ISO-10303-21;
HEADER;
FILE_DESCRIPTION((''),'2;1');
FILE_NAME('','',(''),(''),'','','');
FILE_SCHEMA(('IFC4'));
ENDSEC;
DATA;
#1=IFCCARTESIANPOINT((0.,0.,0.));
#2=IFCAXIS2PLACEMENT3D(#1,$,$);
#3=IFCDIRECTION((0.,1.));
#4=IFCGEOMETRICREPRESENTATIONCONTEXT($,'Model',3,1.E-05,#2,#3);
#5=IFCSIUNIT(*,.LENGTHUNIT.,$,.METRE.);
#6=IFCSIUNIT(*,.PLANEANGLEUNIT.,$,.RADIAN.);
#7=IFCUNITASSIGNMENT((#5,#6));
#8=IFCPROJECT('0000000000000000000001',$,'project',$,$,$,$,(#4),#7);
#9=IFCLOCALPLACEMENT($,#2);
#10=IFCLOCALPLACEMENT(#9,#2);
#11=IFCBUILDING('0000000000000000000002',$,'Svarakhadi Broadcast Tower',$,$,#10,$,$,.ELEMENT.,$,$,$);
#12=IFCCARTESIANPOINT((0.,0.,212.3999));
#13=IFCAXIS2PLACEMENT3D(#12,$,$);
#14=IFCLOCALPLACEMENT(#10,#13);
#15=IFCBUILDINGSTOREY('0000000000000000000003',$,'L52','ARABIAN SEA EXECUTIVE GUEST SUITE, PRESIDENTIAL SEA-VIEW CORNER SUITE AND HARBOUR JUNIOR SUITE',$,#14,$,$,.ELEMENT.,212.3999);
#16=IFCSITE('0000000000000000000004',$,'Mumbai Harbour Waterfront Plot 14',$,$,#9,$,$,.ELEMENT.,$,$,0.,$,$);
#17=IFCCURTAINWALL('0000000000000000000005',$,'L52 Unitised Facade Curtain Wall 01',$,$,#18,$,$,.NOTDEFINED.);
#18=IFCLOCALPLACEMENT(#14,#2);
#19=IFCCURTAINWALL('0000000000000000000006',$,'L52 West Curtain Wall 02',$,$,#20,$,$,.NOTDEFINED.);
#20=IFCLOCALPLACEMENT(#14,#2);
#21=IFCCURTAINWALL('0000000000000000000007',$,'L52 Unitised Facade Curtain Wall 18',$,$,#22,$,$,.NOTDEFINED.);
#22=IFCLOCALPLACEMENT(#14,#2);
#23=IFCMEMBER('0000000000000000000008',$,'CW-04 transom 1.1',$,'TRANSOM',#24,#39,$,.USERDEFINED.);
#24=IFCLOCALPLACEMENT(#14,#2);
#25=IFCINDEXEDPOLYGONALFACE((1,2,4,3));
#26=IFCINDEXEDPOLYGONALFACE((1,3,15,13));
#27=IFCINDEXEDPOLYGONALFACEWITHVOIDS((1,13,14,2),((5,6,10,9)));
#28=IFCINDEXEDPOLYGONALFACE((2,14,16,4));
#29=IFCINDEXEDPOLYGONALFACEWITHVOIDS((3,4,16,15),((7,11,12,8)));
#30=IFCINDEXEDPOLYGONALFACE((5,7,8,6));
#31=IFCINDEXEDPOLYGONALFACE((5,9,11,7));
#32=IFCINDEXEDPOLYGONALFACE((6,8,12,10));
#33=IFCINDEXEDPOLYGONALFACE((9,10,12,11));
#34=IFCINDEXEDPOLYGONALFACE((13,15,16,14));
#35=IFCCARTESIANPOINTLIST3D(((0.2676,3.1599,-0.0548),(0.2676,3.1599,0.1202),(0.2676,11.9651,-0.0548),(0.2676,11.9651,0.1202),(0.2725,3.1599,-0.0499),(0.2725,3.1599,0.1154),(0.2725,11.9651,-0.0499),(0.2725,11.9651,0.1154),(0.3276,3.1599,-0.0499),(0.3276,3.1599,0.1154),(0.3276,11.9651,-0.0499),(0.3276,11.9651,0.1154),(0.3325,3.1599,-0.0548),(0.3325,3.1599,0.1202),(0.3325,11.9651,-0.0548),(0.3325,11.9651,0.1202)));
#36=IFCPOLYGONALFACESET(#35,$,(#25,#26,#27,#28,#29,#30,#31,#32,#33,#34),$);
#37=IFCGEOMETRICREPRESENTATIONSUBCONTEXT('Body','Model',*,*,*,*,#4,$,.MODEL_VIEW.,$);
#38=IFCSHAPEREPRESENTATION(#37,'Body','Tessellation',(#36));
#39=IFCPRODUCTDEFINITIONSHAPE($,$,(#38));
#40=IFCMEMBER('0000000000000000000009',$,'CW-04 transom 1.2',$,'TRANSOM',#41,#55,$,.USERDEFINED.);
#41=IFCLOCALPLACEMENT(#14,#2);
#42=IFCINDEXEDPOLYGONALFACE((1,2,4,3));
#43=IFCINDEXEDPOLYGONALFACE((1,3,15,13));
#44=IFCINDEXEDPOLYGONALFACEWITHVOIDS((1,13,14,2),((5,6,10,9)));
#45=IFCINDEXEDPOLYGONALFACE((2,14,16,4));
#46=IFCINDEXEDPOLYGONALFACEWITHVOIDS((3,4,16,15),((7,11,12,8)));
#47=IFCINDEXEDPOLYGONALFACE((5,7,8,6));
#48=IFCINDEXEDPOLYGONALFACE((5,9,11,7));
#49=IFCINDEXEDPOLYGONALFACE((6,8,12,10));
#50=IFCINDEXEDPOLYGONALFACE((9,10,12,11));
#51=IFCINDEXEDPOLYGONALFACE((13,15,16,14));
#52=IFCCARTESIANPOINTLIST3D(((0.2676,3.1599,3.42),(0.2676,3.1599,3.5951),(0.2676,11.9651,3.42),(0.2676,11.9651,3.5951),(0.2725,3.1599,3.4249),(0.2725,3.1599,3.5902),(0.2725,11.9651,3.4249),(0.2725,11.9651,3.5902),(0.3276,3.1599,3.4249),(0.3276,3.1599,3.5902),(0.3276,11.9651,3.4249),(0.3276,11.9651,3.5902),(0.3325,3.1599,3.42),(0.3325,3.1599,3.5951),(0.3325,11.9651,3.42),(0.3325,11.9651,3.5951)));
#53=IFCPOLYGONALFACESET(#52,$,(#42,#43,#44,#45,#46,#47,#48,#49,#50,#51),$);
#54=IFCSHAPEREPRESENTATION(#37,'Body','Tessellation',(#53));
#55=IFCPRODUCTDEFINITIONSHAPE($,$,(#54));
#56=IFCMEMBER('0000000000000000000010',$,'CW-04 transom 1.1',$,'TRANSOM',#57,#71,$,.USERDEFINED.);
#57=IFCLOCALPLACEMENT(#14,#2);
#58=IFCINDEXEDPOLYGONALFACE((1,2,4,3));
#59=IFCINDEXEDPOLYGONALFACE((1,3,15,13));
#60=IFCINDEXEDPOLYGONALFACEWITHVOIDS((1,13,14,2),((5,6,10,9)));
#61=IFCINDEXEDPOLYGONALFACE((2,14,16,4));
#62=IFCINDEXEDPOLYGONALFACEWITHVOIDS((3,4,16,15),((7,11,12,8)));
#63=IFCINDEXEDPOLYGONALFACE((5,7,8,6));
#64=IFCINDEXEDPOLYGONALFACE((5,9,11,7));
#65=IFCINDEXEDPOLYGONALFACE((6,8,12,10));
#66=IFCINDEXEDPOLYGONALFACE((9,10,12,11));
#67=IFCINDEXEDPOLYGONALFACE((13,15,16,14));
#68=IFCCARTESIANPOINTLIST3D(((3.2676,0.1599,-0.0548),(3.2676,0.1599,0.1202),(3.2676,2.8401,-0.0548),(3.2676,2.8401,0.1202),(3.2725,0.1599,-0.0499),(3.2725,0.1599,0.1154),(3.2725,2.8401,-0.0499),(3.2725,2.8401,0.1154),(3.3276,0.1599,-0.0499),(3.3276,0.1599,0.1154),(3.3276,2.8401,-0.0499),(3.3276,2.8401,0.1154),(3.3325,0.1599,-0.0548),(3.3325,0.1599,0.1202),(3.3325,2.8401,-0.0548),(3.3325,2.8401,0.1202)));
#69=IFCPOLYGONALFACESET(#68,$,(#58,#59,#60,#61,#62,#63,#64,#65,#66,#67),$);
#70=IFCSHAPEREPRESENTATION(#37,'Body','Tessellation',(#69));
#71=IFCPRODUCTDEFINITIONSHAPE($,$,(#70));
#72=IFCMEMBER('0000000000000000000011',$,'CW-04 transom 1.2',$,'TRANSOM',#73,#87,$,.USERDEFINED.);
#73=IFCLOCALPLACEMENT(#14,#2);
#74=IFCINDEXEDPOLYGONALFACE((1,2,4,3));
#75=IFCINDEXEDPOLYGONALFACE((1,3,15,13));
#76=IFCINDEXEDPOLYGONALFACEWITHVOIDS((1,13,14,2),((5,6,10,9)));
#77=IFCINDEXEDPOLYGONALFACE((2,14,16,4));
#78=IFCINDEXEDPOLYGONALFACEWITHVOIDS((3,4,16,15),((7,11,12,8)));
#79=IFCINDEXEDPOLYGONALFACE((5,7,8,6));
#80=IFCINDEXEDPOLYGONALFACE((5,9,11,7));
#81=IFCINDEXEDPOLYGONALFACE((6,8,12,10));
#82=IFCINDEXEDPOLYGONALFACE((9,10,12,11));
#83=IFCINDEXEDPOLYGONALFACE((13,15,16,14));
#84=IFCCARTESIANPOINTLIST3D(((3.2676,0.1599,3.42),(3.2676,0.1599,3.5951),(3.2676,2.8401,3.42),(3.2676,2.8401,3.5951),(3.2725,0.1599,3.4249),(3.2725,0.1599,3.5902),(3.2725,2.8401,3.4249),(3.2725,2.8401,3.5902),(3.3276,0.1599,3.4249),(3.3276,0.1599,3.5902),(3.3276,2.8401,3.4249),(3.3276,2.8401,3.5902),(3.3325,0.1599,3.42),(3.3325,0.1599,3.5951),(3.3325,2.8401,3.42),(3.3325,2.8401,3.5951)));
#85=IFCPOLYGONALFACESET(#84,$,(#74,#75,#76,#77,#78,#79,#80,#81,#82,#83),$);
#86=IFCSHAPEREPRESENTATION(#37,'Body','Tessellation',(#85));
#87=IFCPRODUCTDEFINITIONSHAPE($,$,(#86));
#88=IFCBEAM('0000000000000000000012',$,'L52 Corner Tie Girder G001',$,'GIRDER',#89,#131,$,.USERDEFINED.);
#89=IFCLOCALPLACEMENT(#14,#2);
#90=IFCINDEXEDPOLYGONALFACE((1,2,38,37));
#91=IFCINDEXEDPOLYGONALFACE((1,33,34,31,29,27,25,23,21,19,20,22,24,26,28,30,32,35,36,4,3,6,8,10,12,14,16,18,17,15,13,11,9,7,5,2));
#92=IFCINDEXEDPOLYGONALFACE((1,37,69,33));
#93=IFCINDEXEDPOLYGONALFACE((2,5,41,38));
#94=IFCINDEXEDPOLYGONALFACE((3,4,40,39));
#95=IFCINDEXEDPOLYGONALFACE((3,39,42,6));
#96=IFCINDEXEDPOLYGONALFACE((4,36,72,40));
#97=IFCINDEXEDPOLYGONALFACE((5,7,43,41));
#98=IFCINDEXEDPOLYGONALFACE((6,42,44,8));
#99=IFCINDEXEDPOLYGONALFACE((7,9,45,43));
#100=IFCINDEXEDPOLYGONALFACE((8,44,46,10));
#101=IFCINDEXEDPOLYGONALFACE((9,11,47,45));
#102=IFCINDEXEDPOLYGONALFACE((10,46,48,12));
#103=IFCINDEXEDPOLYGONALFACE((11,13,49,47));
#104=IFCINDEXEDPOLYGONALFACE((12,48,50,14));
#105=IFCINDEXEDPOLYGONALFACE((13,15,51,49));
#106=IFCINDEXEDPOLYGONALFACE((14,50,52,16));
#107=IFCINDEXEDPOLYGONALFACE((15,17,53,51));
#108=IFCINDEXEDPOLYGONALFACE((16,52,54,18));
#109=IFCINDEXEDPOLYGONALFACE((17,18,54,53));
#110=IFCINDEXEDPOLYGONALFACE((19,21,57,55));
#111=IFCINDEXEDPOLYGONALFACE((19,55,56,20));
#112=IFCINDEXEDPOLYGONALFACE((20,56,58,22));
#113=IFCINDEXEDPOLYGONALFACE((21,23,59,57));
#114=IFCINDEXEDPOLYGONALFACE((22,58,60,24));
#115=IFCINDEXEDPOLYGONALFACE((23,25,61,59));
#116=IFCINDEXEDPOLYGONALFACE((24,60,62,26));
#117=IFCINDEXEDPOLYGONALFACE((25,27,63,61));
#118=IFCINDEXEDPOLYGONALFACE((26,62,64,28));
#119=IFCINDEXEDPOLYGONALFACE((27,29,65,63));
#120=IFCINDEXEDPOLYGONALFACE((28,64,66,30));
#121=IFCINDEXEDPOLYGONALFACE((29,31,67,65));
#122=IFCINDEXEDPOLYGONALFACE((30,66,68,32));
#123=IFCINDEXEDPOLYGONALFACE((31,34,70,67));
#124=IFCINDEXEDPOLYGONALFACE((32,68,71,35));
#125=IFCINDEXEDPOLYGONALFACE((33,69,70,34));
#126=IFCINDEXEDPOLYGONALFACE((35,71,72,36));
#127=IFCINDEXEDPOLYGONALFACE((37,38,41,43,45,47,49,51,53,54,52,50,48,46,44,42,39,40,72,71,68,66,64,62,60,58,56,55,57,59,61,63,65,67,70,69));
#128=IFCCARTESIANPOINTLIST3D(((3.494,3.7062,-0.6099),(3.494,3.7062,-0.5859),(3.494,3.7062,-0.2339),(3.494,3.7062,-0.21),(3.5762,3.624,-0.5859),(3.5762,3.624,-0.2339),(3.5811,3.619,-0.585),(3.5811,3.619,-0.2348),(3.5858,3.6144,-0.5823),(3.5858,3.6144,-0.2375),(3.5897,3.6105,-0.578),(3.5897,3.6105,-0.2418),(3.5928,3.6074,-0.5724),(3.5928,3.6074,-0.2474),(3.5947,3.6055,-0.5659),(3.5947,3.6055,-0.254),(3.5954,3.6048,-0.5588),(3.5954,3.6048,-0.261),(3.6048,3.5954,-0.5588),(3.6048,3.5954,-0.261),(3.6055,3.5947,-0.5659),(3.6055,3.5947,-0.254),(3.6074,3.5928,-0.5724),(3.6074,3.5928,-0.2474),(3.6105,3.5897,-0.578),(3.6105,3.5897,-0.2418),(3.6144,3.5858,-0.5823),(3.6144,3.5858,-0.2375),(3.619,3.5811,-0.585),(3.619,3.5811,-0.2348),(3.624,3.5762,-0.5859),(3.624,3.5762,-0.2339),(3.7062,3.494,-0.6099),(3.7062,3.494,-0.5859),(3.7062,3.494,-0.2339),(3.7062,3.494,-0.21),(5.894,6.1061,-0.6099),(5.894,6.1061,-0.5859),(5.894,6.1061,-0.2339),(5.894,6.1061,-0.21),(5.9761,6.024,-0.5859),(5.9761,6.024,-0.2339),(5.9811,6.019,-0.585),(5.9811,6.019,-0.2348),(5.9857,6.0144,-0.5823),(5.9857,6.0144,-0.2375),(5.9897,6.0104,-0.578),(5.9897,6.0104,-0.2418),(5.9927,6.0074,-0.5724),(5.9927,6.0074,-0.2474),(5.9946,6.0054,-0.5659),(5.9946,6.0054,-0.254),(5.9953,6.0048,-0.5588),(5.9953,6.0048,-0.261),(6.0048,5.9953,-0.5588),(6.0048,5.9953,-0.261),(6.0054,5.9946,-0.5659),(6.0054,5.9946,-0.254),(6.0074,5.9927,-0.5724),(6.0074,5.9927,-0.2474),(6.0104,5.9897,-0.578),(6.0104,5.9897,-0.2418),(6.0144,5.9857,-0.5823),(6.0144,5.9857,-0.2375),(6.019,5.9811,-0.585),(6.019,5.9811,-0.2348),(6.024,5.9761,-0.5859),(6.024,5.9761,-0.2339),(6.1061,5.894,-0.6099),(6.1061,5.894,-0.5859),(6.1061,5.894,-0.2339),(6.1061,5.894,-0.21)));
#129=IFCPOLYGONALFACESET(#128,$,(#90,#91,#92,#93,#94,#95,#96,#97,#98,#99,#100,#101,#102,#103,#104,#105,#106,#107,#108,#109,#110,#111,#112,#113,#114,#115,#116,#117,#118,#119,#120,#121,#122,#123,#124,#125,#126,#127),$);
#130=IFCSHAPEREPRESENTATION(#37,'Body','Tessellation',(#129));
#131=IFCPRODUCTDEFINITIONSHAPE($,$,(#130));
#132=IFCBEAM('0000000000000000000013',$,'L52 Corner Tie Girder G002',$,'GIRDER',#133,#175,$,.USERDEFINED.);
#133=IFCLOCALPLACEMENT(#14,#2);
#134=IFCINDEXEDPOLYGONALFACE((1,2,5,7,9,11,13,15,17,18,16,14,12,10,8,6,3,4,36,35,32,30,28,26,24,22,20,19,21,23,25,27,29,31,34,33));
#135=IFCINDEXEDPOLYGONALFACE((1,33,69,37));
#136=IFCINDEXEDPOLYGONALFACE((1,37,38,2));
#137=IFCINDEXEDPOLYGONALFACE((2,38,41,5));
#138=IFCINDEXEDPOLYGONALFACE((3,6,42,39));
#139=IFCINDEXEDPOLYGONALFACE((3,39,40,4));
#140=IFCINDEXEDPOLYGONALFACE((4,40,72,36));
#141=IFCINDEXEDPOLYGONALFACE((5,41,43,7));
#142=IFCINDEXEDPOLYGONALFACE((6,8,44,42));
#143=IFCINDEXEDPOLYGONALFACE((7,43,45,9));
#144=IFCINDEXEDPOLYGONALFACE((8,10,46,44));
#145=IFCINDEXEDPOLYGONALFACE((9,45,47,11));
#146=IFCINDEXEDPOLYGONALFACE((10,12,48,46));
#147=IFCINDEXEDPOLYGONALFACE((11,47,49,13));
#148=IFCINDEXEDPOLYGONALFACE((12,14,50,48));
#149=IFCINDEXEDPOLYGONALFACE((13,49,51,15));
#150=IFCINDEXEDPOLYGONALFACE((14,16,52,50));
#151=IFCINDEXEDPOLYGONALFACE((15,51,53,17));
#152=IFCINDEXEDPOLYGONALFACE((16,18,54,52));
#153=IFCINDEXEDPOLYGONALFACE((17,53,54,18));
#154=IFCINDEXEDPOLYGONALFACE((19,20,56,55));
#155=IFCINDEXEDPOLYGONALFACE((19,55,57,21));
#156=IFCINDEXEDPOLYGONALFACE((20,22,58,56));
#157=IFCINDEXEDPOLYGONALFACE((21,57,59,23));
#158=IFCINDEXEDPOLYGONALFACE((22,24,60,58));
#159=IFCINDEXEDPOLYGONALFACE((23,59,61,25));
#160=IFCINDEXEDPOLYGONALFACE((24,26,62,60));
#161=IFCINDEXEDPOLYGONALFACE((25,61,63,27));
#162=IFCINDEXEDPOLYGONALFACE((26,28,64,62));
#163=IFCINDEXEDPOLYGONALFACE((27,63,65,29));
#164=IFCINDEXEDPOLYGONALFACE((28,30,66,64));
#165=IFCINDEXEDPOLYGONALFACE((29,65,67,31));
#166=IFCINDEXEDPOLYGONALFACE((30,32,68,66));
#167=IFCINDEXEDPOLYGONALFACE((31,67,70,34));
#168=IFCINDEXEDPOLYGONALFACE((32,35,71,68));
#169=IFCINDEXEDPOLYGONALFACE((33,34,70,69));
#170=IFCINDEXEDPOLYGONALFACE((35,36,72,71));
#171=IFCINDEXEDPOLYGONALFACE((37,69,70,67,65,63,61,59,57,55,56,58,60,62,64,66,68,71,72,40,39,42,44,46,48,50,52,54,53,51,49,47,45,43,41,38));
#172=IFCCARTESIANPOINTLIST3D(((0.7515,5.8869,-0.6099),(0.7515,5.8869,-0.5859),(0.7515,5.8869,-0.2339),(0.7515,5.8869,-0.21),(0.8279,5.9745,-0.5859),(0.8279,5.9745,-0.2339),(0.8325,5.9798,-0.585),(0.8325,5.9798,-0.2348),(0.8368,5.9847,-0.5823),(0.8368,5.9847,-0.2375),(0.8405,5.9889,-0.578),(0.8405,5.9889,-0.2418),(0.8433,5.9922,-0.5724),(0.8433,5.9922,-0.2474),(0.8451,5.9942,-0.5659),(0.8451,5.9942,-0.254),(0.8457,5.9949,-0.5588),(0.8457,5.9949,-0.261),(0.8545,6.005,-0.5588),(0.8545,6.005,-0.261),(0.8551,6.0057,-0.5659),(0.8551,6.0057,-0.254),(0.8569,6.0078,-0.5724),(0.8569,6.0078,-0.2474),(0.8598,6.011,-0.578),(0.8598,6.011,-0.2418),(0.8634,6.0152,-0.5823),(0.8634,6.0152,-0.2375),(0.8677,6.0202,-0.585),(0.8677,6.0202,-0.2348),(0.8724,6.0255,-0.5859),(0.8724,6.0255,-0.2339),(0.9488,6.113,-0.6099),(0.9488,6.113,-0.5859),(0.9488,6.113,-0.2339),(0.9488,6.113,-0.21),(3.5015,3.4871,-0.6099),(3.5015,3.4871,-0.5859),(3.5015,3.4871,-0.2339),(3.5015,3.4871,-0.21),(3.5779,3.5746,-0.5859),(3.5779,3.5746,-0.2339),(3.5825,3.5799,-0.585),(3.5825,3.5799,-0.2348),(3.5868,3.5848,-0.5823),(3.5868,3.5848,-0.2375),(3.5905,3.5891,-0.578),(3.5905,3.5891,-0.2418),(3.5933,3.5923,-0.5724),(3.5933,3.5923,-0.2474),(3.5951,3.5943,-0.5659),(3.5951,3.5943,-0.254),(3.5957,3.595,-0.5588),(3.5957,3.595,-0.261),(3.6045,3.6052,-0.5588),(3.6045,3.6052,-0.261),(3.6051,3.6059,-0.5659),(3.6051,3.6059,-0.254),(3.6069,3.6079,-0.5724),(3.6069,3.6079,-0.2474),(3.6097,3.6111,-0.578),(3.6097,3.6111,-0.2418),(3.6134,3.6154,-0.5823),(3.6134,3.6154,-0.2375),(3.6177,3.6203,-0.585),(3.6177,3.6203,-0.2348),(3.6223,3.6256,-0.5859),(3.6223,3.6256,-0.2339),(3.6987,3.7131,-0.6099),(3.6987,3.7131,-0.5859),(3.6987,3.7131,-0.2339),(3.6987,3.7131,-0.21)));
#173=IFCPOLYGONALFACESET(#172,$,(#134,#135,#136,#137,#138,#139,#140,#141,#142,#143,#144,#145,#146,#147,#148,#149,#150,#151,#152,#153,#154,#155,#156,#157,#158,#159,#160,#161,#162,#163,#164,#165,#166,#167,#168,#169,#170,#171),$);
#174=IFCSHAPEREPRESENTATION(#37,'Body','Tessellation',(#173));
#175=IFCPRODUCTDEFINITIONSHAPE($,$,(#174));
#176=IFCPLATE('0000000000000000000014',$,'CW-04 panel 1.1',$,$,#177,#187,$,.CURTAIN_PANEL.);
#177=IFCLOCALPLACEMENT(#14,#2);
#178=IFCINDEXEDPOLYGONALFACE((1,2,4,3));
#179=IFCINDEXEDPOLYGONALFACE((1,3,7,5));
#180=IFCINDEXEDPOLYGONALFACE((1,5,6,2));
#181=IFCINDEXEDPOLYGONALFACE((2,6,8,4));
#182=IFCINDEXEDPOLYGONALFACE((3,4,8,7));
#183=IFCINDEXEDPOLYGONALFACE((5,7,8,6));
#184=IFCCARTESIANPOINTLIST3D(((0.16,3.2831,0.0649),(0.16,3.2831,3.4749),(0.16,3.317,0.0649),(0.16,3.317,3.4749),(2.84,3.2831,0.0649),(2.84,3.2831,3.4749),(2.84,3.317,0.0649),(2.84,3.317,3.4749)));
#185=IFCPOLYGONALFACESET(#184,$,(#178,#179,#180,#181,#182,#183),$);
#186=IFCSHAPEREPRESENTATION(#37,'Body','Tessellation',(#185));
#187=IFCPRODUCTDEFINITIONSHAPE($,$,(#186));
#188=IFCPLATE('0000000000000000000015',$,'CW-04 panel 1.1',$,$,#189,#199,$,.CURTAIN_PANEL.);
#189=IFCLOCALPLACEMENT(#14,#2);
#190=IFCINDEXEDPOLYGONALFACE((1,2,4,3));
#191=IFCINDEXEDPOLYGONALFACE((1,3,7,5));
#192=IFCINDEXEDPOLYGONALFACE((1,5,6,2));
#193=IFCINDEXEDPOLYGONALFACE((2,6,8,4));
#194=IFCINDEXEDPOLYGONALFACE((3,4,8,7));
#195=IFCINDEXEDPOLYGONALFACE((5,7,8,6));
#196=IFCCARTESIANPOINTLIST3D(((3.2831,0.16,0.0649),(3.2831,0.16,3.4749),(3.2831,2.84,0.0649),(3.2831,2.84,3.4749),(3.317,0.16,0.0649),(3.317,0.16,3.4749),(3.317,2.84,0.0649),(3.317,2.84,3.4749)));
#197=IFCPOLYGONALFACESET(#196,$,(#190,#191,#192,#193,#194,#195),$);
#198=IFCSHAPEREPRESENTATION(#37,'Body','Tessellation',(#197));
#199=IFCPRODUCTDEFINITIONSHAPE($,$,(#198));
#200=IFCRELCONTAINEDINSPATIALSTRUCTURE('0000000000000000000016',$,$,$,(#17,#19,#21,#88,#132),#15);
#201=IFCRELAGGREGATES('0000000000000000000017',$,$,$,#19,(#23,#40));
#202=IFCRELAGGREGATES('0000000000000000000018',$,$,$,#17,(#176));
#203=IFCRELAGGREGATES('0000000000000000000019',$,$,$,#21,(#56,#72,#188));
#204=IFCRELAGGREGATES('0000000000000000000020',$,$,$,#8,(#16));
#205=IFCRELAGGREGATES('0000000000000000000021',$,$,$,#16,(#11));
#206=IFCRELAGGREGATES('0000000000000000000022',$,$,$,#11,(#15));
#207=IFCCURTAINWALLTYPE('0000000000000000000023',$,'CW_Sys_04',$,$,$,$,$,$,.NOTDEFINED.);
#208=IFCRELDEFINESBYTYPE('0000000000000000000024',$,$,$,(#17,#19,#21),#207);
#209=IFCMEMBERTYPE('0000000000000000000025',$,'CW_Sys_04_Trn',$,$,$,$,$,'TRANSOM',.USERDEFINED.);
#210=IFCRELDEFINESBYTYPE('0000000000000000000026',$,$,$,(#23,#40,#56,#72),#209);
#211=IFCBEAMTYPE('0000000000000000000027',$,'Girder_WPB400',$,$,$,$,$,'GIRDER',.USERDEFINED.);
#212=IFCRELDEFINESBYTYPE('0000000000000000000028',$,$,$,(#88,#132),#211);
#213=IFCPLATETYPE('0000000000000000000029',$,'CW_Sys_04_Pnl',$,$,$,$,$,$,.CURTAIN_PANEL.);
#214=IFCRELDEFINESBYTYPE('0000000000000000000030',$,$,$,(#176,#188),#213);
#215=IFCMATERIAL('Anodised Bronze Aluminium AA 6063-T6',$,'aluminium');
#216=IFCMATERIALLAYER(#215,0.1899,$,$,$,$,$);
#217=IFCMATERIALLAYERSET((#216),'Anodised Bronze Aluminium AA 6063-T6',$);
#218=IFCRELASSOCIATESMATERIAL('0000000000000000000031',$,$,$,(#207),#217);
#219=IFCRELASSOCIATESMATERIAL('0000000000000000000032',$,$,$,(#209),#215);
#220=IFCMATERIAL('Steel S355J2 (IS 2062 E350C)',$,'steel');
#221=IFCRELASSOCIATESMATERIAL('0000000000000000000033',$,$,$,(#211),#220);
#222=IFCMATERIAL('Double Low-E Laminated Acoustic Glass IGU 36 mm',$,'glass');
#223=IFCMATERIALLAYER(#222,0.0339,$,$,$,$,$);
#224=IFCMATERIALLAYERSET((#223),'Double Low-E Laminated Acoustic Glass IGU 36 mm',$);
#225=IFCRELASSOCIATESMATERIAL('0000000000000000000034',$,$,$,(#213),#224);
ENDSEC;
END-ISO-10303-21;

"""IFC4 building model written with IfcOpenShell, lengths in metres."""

from ifc_helpers import new_model, si_unit, direction, frame, origin, origin_2d, place, context, subcontext, project, spatial, rectangle, hollow_rectangle, i_section, extrude, material, layer, layer_set, material_profile, profile_set, type_object, element, aggregate, save


model = new_model("IFC4")

# Units and contexts
model_context = context("Model", 3, precision=1e-05, world=origin(), true_north=direction((0.0, 1.0)))
body_context = subcontext(model_context, "Body", "Model", "MODEL_VIEW")
ifc_project = project(units=[si_unit("LENGTHUNIT", "METRE"), si_unit("PLANEANGLEUNIT", "RADIAN")], contexts=[model_context])

# Site, building, storey
site_placement = place(None, origin())
site = spatial("IfcSite", under=ifc_project, at=site_placement, Name="Mumbai Harbour Waterfront Plot 14", CompositionType="ELEMENT", RefElevation=0.0)
building_placement = place(site_placement, origin())
building = spatial("IfcBuilding", under=site, at=building_placement, Name="Svarakhadi Broadcast Tower", CompositionType="ELEMENT")
storey_placement = place(building_placement, frame((0.0, 0.0, 212.3999)))
storey = spatial("IfcBuildingStorey", under=building, at=storey_placement, Name="L52", Description="ARABIAN SEA EXECUTIVE GUEST SUITE, PRESIDENTIAL SEA-VIEW CORNER SUITE AND HARBOUR JUNIOR SUITE", CompositionType="ELEMENT", Elevation=212.3999)

# Curtain wall
ifc_material_1 = material(Name="Anodised Bronze Aluminium AA 6063-T6", Category="aluminium")
ifc_layer_1 = layer(ifc_material_1, 0.1899)
ifc_layer_set_1 = layer_set([ifc_layer_1], Name="Anodised Bronze Aluminium AA 6063-T6")
curtain_wall_type = type_object("IfcCurtainWallType", Name="CW_Sys_04", PredefinedType="NOTDEFINED", material=ifc_layer_set_1)
curtain_wall_1_placement = place(storey_placement, origin())
curtain_wall_1 = element("IfcCurtainWall", 1, at=curtain_wall_1_placement, inside=storey, type_object=curtain_wall_type, Name="L52 Unitised Facade Curtain Wall 01", PredefinedType="NOTDEFINED")

# Curtain wall
curtain_wall_2_placement = place(storey_placement, origin())
curtain_wall_2 = element("IfcCurtainWall", 2, at=curtain_wall_2_placement, inside=storey, type_object=curtain_wall_type, Name="L52 West Curtain Wall 02", PredefinedType="NOTDEFINED")

# Curtain wall
curtain_wall_3_placement = place(storey_placement, origin())
curtain_wall_3 = element("IfcCurtainWall", 3, at=curtain_wall_3_placement, inside=storey, type_object=curtain_wall_type, Name="L52 Unitised Facade Curtain Wall 18", PredefinedType="NOTDEFINED")

# Members
ifc_material_profile_1 = material_profile(ifc_material_1, hollow_rectangle(XDim=0.0649, YDim=0.175, WallThickness=0.0049, at=origin_2d()), Name="ALU TRANSOM 175x65x5")
ifc_profile_set_1 = profile_set([ifc_material_profile_1], Name="Anodised Bronze Aluminium AA 6063-T6")
member_type_1 = type_object("IfcMemberType", Name="CW_Sys_04_Trn", ElementType="TRANSOM", PredefinedType="USERDEFINED", material=ifc_profile_set_1)
member_1_placement = place(storey_placement, frame((0.3, 3.1599, 0.0327), z_axis=(0.0, 1.0, 0.0), x_axis=(-1.0, 0.0, 0.0)))
member_1 = element("IfcMember", 4, at=member_1_placement, type_object=member_type_1, Name="CW-04 transom 1.1", ObjectType="TRANSOM", PredefinedType="USERDEFINED", context=body_context, shape_type="SweptSolid", body=[
    extrude(hollow_rectangle(XDim=0.0649, YDim=0.175, WallThickness=0.0049, at=origin_2d()), origin(), (0.0, 0.0, 1.0), 8.8052),
])
member_2_placement = place(storey_placement, frame((0.3, 3.1599, 3.5076), z_axis=(0.0, 1.0, 0.0), x_axis=(-1.0, 0.0, 0.0)))
member_2 = element("IfcMember", 5, at=member_2_placement, type_object=member_type_1, Name="CW-04 transom 1.2", ObjectType="TRANSOM", PredefinedType="USERDEFINED", context=body_context, shape_type="SweptSolid", body=[
    extrude(hollow_rectangle(XDim=0.0649, YDim=0.175, WallThickness=0.0049, at=origin_2d()), origin(), (0.0, 0.0, 1.0), 8.8052),
])
aggregate(curtain_wall_2, [member_1, member_2])
member_3_placement = place(storey_placement, frame((3.3, 0.1599, 0.0327), z_axis=(0.0, 1.0, 0.0), x_axis=(-1.0, 0.0, 0.0)))
member_3 = element("IfcMember", 6, at=member_3_placement, type_object=member_type_1, Name="CW-04 transom 1.1", ObjectType="TRANSOM", PredefinedType="USERDEFINED", context=body_context, shape_type="SweptSolid", body=[
    extrude(hollow_rectangle(XDim=0.0649, YDim=0.175, WallThickness=0.0049, at=origin_2d()), origin(), (0.0, 0.0, 1.0), 2.6802),
])
member_4_placement = place(storey_placement, frame((3.3, 0.1599, 3.5076), z_axis=(0.0, 1.0, 0.0), x_axis=(-1.0, 0.0, 0.0)))
member_4 = element("IfcMember", 7, at=member_4_placement, type_object=member_type_1, Name="CW-04 transom 1.2", ObjectType="TRANSOM", PredefinedType="USERDEFINED", context=body_context, shape_type="SweptSolid", body=[
    extrude(hollow_rectangle(XDim=0.0649, YDim=0.175, WallThickness=0.0049, at=origin_2d()), origin(), (0.0, 0.0, 1.0), 2.6802),
])

# Beams
ifc_material_2 = material(Name="Steel S355J2 (IS 2062 E350C)", Category="steel")
ifc_material_profile_2 = material_profile(ifc_material_2, i_section(OverallWidth=0.3, OverallDepth=0.3999, WebThickness=0.0134, FlangeThickness=0.0239, FilletRadius=0.0271, at=origin_2d()), Name="WPB 400x300x155")
ifc_profile_set_2 = profile_set([ifc_material_profile_2], Name="Steel S355J2 (IS 2062 E350C)")
beam_type = type_object("IfcBeamType", Name="Girder_WPB400", ElementType="GIRDER", PredefinedType="USERDEFINED", material=ifc_profile_set_2)
beam_1_placement = place(storey_placement, frame((3.6001, 3.6001, -0.4099), z_axis=(0.707107, 0.707107, 0.0), x_axis=(-0.707107, 0.707107, 0.0)))
element("IfcBeam", 8, at=beam_1_placement, inside=storey, type_object=beam_type, Name="L52 Corner Tie Girder G001", ObjectType="GIRDER", PredefinedType="USERDEFINED", context=body_context, shape_type="SweptSolid", body=[
    extrude(i_section(OverallWidth=0.3, OverallDepth=0.3999, WebThickness=0.0134, FlangeThickness=0.0239, FilletRadius=0.0271, at=origin_2d()), origin(), (0.0, 0.0, 1.0), 3.394),
])
beam_2_placement = place(storey_placement, frame((3.6001, 3.6001, -0.4099), z_axis=(-0.753438, 0.657519, 0.0), x_axis=(-0.657519, -0.753438, 0.0)))
element("IfcBeam", 9, at=beam_2_placement, inside=storey, type_object=beam_type, Name="L52 Corner Tie Girder G002", ObjectType="GIRDER", PredefinedType="USERDEFINED", context=body_context, shape_type="SweptSolid", body=[
    extrude(i_section(OverallWidth=0.3, OverallDepth=0.3999, WebThickness=0.0134, FlangeThickness=0.0239, FilletRadius=0.0271, at=origin_2d()), origin(), (0.0, 0.0, 1.0), 3.6499),
])

# Plates
ifc_material_3 = material(Name="Double Low-E Laminated Acoustic Glass IGU 36 mm", Category="glass")
ifc_layer_2 = layer(ifc_material_3, 0.0339)
ifc_layer_set_2 = layer_set([ifc_layer_2], Name="Double Low-E Laminated Acoustic Glass IGU 36 mm")
plate_type = type_object("IfcPlateType", Name="CW_Sys_04_Pnl", PredefinedType="CURTAIN_PANEL", material=ifc_layer_set_2)
plate_1_placement = place(storey_placement, frame((1.5, 3.3, 0.0649), z_axis=(0.0, 0.0, 1.0), x_axis=(-1.0, 0.0, 0.0)))
plate_1 = element("IfcPlate", 10, at=plate_1_placement, type_object=plate_type, Name="CW-04 panel 1.1", PredefinedType="CURTAIN_PANEL", context=body_context, shape_type="SweptSolid", body=[
    extrude(rectangle(XDim=2.6799, YDim=0.0339, at=origin_2d()), origin(), (0.0, 0.0, 1.0), 3.4099),
])
aggregate(curtain_wall_1, [plate_1])
plate_2_placement = place(storey_placement, frame((3.3, 1.5, 0.0649), z_axis=(0.0, 0.0, 1.0), x_axis=(0.0, 1.0, 0.0)))
plate_2 = element("IfcPlate", 11, at=plate_2_placement, type_object=plate_type, Name="CW-04 panel 1.1", PredefinedType="CURTAIN_PANEL", context=body_context, shape_type="SweptSolid", body=[
    extrude(rectangle(XDim=2.6799, YDim=0.0339, at=origin_2d()), origin(), (0.0, 0.0, 1.0), 3.4099),
])
aggregate(curtain_wall_3, [member_3, member_4, plate_2])

save(model, "model.ifc")
